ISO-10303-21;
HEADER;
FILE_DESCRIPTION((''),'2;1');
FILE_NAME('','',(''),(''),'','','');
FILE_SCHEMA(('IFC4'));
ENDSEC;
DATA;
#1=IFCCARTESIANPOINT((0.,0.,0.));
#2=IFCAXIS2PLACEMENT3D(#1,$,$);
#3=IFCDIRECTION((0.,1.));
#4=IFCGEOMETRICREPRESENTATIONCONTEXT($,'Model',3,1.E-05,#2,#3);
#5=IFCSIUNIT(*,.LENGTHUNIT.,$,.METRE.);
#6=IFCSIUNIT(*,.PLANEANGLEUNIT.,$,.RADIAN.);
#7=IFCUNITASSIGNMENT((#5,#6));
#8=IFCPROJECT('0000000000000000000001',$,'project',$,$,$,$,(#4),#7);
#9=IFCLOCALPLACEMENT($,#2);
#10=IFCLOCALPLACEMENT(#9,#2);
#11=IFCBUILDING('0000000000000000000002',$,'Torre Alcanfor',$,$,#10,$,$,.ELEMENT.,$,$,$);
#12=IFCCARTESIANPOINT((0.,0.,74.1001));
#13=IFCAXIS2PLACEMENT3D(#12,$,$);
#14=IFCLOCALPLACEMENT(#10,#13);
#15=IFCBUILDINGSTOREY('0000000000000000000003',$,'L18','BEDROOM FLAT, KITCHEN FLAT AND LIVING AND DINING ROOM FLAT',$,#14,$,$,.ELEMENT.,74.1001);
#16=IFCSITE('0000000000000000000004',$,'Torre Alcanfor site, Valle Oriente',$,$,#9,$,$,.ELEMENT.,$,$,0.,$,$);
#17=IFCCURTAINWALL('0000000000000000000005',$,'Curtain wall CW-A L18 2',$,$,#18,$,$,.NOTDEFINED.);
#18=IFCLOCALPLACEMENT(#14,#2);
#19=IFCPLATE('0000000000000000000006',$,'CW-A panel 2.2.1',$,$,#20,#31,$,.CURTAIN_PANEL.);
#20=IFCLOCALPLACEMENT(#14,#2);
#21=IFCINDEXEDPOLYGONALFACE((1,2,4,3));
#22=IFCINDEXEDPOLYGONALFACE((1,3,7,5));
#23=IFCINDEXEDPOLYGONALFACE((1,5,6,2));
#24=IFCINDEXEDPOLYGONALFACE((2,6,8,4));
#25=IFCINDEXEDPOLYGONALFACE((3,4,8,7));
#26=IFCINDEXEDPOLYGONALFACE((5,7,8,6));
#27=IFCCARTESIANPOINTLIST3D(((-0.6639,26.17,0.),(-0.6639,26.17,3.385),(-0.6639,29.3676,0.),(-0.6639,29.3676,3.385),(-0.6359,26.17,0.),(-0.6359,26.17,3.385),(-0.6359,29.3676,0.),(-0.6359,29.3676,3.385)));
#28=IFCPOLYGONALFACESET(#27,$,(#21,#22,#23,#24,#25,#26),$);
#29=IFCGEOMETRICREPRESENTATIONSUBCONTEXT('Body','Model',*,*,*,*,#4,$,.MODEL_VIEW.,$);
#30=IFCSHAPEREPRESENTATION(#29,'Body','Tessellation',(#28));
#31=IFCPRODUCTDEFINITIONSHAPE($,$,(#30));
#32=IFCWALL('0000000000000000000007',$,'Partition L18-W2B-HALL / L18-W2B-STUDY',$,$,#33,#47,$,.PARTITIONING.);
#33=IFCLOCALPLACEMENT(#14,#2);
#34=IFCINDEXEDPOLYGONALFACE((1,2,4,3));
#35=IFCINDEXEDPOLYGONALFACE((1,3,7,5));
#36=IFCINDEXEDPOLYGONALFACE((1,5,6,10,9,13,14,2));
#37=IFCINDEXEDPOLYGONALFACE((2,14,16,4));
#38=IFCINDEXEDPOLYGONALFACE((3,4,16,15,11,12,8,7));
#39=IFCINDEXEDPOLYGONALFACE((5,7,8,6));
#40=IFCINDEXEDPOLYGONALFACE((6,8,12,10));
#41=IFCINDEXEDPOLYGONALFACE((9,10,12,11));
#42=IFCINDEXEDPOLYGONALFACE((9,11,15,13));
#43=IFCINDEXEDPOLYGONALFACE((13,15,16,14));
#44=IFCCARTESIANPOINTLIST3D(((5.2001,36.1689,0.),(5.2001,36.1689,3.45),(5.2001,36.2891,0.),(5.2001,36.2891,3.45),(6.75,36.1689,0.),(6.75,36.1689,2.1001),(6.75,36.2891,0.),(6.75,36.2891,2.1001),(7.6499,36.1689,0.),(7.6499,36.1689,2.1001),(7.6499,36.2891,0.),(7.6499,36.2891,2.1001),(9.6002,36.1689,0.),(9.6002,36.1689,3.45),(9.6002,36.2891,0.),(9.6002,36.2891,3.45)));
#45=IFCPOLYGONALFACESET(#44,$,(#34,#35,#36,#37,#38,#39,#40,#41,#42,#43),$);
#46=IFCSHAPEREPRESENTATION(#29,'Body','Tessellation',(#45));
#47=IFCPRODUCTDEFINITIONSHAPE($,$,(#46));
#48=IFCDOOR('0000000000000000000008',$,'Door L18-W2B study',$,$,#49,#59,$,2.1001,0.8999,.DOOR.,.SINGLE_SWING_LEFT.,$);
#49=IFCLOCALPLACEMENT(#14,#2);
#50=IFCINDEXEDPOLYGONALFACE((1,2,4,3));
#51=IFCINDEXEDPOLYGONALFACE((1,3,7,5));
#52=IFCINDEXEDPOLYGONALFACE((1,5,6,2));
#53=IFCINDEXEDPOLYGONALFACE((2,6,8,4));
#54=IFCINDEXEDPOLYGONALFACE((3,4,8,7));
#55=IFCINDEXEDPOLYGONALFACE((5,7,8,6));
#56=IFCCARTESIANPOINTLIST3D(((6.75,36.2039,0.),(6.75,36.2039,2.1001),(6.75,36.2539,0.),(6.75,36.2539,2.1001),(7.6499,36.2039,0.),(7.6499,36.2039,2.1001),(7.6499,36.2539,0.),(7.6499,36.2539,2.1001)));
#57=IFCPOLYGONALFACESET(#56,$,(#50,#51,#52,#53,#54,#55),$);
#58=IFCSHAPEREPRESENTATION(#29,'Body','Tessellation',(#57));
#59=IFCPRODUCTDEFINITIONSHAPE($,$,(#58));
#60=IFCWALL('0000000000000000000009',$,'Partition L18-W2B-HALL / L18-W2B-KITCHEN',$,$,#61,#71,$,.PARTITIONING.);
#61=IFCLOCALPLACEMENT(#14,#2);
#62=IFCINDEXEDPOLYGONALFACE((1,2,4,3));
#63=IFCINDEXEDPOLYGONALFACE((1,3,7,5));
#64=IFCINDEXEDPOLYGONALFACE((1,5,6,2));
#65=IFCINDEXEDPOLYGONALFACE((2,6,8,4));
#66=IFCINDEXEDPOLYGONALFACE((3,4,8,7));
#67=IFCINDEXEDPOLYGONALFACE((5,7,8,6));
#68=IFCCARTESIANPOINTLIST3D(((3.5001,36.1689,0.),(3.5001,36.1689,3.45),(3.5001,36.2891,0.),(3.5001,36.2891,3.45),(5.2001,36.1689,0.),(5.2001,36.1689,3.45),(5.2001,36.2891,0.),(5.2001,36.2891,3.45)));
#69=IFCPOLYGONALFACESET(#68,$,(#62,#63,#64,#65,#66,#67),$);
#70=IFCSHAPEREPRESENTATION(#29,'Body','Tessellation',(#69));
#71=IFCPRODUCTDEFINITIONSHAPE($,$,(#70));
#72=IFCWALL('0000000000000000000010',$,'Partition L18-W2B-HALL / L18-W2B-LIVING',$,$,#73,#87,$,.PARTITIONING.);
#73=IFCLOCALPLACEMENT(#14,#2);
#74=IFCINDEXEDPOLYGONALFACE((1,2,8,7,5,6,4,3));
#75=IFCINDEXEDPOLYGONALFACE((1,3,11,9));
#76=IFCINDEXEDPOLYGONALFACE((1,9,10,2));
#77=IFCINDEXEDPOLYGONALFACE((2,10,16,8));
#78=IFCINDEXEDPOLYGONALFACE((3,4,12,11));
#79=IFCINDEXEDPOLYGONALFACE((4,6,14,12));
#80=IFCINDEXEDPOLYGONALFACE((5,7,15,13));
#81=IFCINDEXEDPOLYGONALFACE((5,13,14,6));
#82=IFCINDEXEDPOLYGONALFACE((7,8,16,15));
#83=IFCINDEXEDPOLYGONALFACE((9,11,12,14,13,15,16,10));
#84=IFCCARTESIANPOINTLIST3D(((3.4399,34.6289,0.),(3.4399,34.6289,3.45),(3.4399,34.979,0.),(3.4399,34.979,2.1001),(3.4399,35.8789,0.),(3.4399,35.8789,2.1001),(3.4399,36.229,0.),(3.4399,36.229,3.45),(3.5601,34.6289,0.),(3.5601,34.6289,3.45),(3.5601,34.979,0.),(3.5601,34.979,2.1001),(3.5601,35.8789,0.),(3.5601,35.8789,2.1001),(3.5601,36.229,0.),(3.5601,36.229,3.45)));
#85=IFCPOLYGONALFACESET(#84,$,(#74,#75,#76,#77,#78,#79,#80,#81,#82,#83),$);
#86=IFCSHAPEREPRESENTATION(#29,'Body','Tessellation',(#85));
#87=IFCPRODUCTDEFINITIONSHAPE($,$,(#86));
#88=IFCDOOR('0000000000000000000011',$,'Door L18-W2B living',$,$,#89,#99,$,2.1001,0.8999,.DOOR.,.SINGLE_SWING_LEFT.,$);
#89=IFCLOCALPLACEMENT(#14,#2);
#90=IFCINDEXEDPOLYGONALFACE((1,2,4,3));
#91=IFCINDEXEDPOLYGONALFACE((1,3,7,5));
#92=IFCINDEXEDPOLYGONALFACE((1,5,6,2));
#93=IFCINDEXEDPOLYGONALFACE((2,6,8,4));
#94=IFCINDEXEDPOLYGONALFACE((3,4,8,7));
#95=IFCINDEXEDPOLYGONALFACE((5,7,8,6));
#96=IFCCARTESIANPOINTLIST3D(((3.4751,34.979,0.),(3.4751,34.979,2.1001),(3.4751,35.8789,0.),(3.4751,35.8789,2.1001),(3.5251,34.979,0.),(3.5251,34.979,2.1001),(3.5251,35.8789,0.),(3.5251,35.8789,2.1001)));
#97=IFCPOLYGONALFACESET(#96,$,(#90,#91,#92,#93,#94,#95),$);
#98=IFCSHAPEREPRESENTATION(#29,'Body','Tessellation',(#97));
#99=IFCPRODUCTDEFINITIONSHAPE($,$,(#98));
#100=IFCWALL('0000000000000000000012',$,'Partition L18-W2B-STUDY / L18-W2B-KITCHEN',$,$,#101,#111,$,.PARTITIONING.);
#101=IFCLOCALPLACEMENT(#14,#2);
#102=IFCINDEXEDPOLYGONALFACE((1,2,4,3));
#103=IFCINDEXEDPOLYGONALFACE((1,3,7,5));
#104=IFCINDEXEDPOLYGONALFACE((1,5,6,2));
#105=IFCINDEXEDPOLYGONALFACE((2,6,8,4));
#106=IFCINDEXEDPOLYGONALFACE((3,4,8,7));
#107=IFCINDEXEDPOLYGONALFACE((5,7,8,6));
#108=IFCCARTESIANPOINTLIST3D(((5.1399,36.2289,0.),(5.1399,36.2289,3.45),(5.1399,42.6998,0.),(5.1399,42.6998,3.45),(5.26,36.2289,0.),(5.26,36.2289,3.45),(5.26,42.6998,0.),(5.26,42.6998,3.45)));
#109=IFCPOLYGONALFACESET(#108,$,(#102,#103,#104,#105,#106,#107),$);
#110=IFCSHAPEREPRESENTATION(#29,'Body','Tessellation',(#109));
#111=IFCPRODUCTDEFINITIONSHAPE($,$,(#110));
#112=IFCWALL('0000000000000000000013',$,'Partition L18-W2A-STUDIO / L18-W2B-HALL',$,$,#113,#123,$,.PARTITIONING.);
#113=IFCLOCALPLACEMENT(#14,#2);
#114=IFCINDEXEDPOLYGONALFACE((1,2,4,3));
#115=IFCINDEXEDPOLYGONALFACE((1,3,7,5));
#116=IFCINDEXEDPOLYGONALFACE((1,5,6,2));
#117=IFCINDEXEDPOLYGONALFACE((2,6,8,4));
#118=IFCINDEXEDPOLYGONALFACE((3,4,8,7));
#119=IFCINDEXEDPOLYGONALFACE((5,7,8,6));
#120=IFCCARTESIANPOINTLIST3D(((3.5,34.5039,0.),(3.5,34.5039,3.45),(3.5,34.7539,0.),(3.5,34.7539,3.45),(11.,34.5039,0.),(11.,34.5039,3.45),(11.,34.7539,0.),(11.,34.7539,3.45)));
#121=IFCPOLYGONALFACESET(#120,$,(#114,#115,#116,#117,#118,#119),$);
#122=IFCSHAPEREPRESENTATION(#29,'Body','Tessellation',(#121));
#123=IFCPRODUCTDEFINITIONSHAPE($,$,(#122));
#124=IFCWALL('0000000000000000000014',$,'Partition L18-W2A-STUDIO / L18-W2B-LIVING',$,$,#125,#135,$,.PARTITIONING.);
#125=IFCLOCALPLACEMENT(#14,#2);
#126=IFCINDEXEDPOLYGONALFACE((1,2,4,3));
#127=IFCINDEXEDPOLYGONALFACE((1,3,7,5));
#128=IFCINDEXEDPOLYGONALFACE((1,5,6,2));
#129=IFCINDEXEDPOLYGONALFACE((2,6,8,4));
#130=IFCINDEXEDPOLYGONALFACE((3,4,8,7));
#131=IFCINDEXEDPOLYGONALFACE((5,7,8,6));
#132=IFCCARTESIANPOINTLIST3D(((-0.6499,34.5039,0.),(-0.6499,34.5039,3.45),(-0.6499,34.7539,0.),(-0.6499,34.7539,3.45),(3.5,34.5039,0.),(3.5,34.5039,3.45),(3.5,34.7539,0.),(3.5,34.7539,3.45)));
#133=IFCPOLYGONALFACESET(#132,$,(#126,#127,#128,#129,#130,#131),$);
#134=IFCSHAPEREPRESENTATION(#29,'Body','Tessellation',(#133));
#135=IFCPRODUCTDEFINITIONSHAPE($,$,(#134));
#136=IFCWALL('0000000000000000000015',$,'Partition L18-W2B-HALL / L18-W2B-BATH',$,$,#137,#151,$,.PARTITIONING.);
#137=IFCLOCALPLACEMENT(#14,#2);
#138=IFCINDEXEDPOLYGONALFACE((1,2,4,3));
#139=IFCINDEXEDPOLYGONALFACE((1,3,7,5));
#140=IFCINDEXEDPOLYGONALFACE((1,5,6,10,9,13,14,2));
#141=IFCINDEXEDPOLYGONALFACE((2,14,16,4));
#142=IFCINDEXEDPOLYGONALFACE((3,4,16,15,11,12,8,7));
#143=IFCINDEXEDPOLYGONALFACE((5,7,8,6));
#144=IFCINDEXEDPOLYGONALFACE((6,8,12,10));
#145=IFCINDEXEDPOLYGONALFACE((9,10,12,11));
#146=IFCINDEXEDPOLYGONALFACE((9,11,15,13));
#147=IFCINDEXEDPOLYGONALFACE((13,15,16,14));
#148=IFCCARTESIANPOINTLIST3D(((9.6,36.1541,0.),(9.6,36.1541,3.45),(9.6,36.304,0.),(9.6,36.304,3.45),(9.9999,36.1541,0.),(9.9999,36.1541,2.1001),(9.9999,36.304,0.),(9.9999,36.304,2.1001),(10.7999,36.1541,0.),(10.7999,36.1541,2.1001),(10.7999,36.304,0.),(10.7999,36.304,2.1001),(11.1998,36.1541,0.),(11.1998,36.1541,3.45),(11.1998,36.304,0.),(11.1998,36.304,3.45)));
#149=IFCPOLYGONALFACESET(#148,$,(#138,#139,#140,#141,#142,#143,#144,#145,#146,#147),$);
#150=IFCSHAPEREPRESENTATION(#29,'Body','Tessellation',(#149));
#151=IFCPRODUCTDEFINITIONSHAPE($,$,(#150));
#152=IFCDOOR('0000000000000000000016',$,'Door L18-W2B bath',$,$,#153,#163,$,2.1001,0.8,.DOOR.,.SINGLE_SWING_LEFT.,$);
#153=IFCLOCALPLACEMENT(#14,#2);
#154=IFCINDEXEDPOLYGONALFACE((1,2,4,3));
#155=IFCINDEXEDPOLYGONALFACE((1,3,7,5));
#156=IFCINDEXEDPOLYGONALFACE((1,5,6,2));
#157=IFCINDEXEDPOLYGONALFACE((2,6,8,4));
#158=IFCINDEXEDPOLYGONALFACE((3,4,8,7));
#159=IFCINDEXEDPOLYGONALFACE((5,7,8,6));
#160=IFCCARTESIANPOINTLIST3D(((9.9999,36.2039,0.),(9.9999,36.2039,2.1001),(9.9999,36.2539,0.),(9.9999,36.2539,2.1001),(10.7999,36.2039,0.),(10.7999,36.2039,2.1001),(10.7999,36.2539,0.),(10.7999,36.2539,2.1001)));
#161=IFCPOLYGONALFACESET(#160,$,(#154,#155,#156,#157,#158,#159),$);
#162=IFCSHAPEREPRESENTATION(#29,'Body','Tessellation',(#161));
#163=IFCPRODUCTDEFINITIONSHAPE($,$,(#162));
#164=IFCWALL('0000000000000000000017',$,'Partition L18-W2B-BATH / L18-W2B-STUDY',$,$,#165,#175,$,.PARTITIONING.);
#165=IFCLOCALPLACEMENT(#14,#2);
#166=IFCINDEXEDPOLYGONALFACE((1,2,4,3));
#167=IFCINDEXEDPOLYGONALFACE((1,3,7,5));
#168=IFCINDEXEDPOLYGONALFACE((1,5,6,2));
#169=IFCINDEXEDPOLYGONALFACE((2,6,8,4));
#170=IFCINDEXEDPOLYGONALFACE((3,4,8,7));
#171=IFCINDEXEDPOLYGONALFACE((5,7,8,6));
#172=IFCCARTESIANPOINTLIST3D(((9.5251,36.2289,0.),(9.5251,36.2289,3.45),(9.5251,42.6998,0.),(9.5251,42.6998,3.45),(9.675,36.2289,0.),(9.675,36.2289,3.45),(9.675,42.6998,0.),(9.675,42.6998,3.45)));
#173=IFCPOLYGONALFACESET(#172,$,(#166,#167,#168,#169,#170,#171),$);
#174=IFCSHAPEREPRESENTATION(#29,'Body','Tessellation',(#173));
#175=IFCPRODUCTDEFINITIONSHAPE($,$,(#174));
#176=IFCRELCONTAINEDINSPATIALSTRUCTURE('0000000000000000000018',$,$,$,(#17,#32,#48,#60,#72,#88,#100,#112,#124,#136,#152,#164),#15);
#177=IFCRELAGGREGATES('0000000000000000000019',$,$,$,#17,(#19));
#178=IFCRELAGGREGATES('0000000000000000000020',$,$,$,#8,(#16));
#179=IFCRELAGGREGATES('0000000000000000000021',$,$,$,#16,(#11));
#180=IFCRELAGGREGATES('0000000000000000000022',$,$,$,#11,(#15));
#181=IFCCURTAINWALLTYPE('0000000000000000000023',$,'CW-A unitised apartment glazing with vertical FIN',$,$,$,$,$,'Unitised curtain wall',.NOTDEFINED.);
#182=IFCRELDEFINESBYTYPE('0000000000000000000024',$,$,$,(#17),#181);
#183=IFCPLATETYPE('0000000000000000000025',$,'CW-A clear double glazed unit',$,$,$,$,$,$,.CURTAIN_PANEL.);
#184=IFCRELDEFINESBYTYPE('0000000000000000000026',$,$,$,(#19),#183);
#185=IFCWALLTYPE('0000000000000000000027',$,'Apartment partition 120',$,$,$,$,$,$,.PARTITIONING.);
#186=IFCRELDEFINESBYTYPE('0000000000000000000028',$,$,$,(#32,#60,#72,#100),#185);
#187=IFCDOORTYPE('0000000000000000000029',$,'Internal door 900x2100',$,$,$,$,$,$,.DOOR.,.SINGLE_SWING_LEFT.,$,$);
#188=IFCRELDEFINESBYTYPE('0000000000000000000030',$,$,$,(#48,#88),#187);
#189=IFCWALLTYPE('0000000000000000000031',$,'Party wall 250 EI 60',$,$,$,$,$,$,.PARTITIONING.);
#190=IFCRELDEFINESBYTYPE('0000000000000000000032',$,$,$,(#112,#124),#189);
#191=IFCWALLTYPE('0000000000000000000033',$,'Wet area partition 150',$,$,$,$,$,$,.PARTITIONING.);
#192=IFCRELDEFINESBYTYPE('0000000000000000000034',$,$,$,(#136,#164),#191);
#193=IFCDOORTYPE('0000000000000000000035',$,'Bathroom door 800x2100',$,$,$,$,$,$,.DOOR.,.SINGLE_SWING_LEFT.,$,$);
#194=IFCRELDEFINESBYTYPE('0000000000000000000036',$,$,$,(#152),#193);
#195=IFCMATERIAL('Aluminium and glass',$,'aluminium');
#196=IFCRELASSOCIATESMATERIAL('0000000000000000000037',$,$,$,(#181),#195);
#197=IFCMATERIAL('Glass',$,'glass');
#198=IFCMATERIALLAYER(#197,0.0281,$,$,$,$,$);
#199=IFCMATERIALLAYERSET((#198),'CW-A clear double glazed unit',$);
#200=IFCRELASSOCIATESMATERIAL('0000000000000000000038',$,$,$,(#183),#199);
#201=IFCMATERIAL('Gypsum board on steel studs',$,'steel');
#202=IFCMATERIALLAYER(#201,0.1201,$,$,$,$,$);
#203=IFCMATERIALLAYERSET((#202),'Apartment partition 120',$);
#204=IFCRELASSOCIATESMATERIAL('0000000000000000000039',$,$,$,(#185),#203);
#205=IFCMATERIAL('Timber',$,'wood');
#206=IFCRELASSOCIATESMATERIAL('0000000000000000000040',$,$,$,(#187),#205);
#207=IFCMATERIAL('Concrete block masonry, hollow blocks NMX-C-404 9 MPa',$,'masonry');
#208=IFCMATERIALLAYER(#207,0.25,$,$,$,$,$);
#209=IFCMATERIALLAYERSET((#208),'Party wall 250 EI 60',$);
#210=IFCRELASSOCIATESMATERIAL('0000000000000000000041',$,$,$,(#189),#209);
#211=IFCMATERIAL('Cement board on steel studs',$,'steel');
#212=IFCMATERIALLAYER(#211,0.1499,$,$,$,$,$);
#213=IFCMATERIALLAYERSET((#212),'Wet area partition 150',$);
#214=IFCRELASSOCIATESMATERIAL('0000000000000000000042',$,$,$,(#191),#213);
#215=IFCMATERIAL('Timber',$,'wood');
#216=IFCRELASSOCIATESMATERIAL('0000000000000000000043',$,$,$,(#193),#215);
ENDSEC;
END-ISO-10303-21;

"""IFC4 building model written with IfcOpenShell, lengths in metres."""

from ifc_helpers import new_model, si_unit, direction, frame, frame_2d, origin, origin_2d, place, context, subcontext, project, spatial, rectangle, extrude, material, layer, layer_set, type_object, element, fill, aggregate, save


model = new_model("IFC4")

# Units and contexts
model_context = context("Model", 3, precision=1e-05, world=origin(), true_north=direction((0.0, 1.0)))
body_context = subcontext(model_context, "Body", "Model", "MODEL_VIEW")
ifc_project = project(units=[si_unit("LENGTHUNIT", "METRE"), si_unit("PLANEANGLEUNIT", "RADIAN")], contexts=[model_context])

# Site, building, storey
site_placement = place(None, origin())
site = spatial("IfcSite", under=ifc_project, at=site_placement, Name="Torre Alcanfor site, Valle Oriente", CompositionType="ELEMENT", RefElevation=0.0)
building_placement = place(site_placement, origin())
building = spatial("IfcBuilding", under=site, at=building_placement, Name="Torre Alcanfor", CompositionType="ELEMENT")
storey_placement = place(building_placement, frame((0.0, 0.0, 74.1001)))
storey = spatial("IfcBuildingStorey", under=building, at=storey_placement, Name="L18", Description="BEDROOM FLAT, KITCHEN FLAT AND LIVING AND DINING ROOM FLAT", CompositionType="ELEMENT", Elevation=74.1001)

# Curtain wall
ifc_material_1 = material(Name="Aluminium and glass", Category="aluminium")
curtain_wall_type = type_object("IfcCurtainWallType", Name="CW-A unitised apartment glazing with vertical FIN", ElementType="Unitised curtain wall", PredefinedType="NOTDEFINED", material=ifc_material_1)
curtain_wall_placement = place(storey_placement, origin())
curtain_wall = element("IfcCurtainWall", 1, at=curtain_wall_placement, inside=storey, type_object=curtain_wall_type, Name="Curtain wall CW-A L18 2", PredefinedType="NOTDEFINED")

# Plate
ifc_material_2 = material(Name="Glass", Category="glass")
ifc_layer_1 = layer(ifc_material_2, 0.0281)
ifc_layer_set_1 = layer_set([ifc_layer_1], Name="CW-A clear double glazed unit")
plate_type = type_object("IfcPlateType", Name="CW-A clear double glazed unit", PredefinedType="CURTAIN_PANEL", material=ifc_layer_set_1)
plate_1_placement = place(storey_placement, frame((-0.6499, 27.7688, 0.0), z_axis=(0.0, 0.0, 1.0), x_axis=(0.0, -1.0, 0.0)))
plate_1 = element("IfcPlate", 2, at=plate_1_placement, type_object=plate_type, Name="CW-A panel 2.2.1", PredefinedType="CURTAIN_PANEL", context=body_context, shape_type="SweptSolid", body=[
    extrude(rectangle(XDim=3.1975, YDim=0.0281, at=origin_2d()), origin(), (0.0, 0.0, 1.0), 3.385),
])
aggregate(curtain_wall, [plate_1])

# Wall, opening, door
ifc_material_3 = material(Name="Gypsum board on steel studs", Category="steel")
ifc_layer_2 = layer(ifc_material_3, 0.1201)
ifc_layer_set_2 = layer_set([ifc_layer_2], Name="Apartment partition 120")
wall_type_1 = type_object("IfcWallType", Name="Apartment partition 120", PredefinedType="PARTITIONING", material=ifc_layer_set_2)
wall_1_placement = place(storey_placement, frame((5.2, 36.229, 0.0), z_axis=(0.0, 0.0, 1.0), x_axis=(1.0, 0.0, 0.0)))
wall_1 = element("IfcWall", 3, at=wall_1_placement, inside=storey, type_object=wall_type_1, Name="Partition L18-W2B-HALL / L18-W2B-STUDY", PredefinedType="PARTITIONING", context=body_context, shape_type="SweptSolid", body=[
    extrude(rectangle(XDim=4.4001, YDim=0.1201, at=frame_2d((2.2002, 0.0))), origin(), (0.0, 0.0, 1.0), 3.45),
])
opening_1_placement = place(wall_1_placement, frame((1.55, 0.0, 0.0)))
opening_1 = element("IfcOpeningElement", 4, at=opening_1_placement, cuts=wall_1, PredefinedType="OPENING", context=body_context, shape_type="SweptSolid", body=[
    extrude(rectangle(XDim=0.8999, YDim=2.1001, at=frame_2d((0.45, 1.05))), frame((0.0, 0.0701, 0.0), z_axis=(0.0, -1.0, 0.0), x_axis=(1.0, 0.0, 0.0)), (0.0, 0.0, 1.0), 0.1401),
])
ifc_material_4 = material(Name="Timber", Category="wood")
door_type_1 = type_object("IfcDoorType", Name="Internal door 900x2100", OperationType="SINGLE_SWING_LEFT", PredefinedType="DOOR", material=ifc_material_4)
door_1_placement = place(opening_1_placement, origin())
door_1 = element("IfcDoor", 5, at=door_1_placement, inside=storey, type_object=door_type_1, Name="Door L18-W2B study", OperationType="SINGLE_SWING_LEFT", OverallHeight=2.1001, OverallWidth=0.8999, PredefinedType="DOOR", context=body_context, shape_type="SweptSolid", body=[
    extrude(rectangle(XDim=0.8999, YDim=2.1001, at=frame_2d((0.45, 1.05))), frame((0.0, 0.0249, 0.0), z_axis=(0.0, -1.0, 0.0), x_axis=(1.0, 0.0, 0.0)), (0.0, 0.0, 1.0), 0.05),
])
fill(opening_1, door_1)

# Wall
wall_2_placement = place(storey_placement, frame((3.5, 36.229, 0.0), z_axis=(0.0, 0.0, 1.0), x_axis=(1.0, 0.0, 0.0)))
element("IfcWall", 6, at=wall_2_placement, inside=storey, type_object=wall_type_1, Name="Partition L18-W2B-HALL / L18-W2B-KITCHEN", PredefinedType="PARTITIONING", context=body_context, shape_type="SweptSolid", body=[
    extrude(rectangle(XDim=1.7, YDim=0.1201, at=frame_2d((0.8501, 0.0))), origin(), (0.0, 0.0, 1.0), 3.45),
])

# Wall, opening, door
wall_3_placement = place(storey_placement, frame((3.5, 34.6289, 0.0), z_axis=(0.0, 0.0, 1.0), x_axis=(0.0, 1.0, 0.0)))
wall_3 = element("IfcWall", 7, at=wall_3_placement, inside=storey, type_object=wall_type_1, Name="Partition L18-W2B-HALL / L18-W2B-LIVING", PredefinedType="PARTITIONING", context=body_context, shape_type="SweptSolid", body=[
    extrude(rectangle(XDim=1.6001, YDim=0.1201, at=frame_2d((0.8, 0.0))), origin(), (0.0, 0.0, 1.0), 3.45),
])
opening_2_placement = place(wall_3_placement, frame((0.3501, 0.0, 0.0)))
opening_2 = element("IfcOpeningElement", 8, at=opening_2_placement, cuts=wall_3, PredefinedType="OPENING", context=body_context, shape_type="SweptSolid", body=[
    extrude(rectangle(XDim=0.8999, YDim=2.1001, at=frame_2d((0.45, 1.05))), frame((0.0, 0.0701, 0.0), z_axis=(0.0, -1.0, 0.0), x_axis=(1.0, 0.0, 0.0)), (0.0, 0.0, 1.0), 0.1401),
])
door_2_placement = place(opening_2_placement, origin())
door_2 = element("IfcDoor", 9, at=door_2_placement, inside=storey, type_object=door_type_1, Name="Door L18-W2B living", OperationType="SINGLE_SWING_LEFT", OverallHeight=2.1001, OverallWidth=0.8999, PredefinedType="DOOR", context=body_context, shape_type="SweptSolid", body=[
    extrude(rectangle(XDim=0.8999, YDim=2.1001, at=frame_2d((0.45, 1.05))), frame((0.0, 0.0249, 0.0), z_axis=(0.0, -1.0, 0.0), x_axis=(1.0, 0.0, 0.0)), (0.0, 0.0, 1.0), 0.05),
])
fill(opening_2, door_2)

# Walls
wall_4_placement = place(storey_placement, frame((5.2, 36.229, 0.0), z_axis=(0.0, 0.0, 1.0), x_axis=(0.0, 1.0, 0.0)))
element("IfcWall", 10, at=wall_4_placement, inside=storey, type_object=wall_type_1, Name="Partition L18-W2B-STUDY / L18-W2B-KITCHEN", PredefinedType="PARTITIONING", context=body_context, shape_type="SweptSolid", body=[
    extrude(rectangle(XDim=6.4709, YDim=0.1201, at=frame_2d((3.2354, 0.0))), origin(), (0.0, 0.0, 1.0), 3.45),
])
ifc_material_5 = material(Name="Concrete block masonry, hollow blocks NMX-C-404 9 MPa", Category="masonry")
ifc_layer_3 = layer(ifc_material_5, 0.25)
ifc_layer_set_3 = layer_set([ifc_layer_3], Name="Party wall 250 EI 60")
wall_type_2 = type_object("IfcWallType", Name="Party wall 250 EI 60", PredefinedType="PARTITIONING", material=ifc_layer_set_3)
wall_5_placement = place(storey_placement, frame((3.5, 34.6289, 0.0), z_axis=(0.0, 0.0, 1.0), x_axis=(1.0, 0.0, 0.0)))
element("IfcWall", 11, at=wall_5_placement, inside=storey, type_object=wall_type_2, Name="Partition L18-W2A-STUDIO / L18-W2B-HALL", PredefinedType="PARTITIONING", context=body_context, shape_type="SweptSolid", body=[
    extrude(rectangle(XDim=7.5, YDim=0.25, at=frame_2d((3.75, 0.0))), origin(), (0.0, 0.0, 1.0), 3.45),
])
wall_6_placement = place(storey_placement, frame((-0.6499, 34.6289, 0.0), z_axis=(0.0, 0.0, 1.0), x_axis=(1.0, 0.0, 0.0)))
element("IfcWall", 12, at=wall_6_placement, inside=storey, type_object=wall_type_2, Name="Partition L18-W2A-STUDIO / L18-W2B-LIVING", PredefinedType="PARTITIONING", context=body_context, shape_type="SweptSolid", body=[
    extrude(rectangle(XDim=4.1499, YDim=0.25, at=frame_2d((2.075, 0.0))), origin(), (0.0, 0.0, 1.0), 3.45),
])

# Wall, opening, door
ifc_material_6 = material(Name="Cement board on steel studs", Category="steel")
ifc_layer_4 = layer(ifc_material_6, 0.1499)
ifc_layer_set_4 = layer_set([ifc_layer_4], Name="Wet area partition 150")
wall_type_3 = type_object("IfcWallType", Name="Wet area partition 150", PredefinedType="PARTITIONING", material=ifc_layer_set_4)
wall_7_placement = place(storey_placement, frame((9.6001, 36.229, 0.0), z_axis=(0.0, 0.0, 1.0), x_axis=(1.0, 0.0, 0.0)))
wall_7 = element("IfcWall", 13, at=wall_7_placement, inside=storey, type_object=wall_type_3, Name="Partition L18-W2B-HALL / L18-W2B-BATH", PredefinedType="PARTITIONING", context=body_context, shape_type="SweptSolid", body=[
    extrude(rectangle(XDim=1.5999, YDim=0.1499, at=frame_2d((0.7998, 0.0))), origin(), (0.0, 0.0, 1.0), 3.45),
])
opening_3_placement = place(wall_7_placement, frame((0.3999, 0.0, 0.0)))
opening_3 = element("IfcOpeningElement", 14, at=opening_3_placement, cuts=wall_7, PredefinedType="OPENING", context=body_context, shape_type="SweptSolid", body=[
    extrude(rectangle(XDim=0.8, YDim=2.1001, at=frame_2d((0.3999, 1.05))), frame((0.0, 0.085, 0.0), z_axis=(0.0, -1.0, 0.0), x_axis=(1.0, 0.0, 0.0)), (0.0, 0.0, 1.0), 0.1699),
])
ifc_material_7 = material(Name="Timber", Category="wood")
door_type_2 = type_object("IfcDoorType", Name="Bathroom door 800x2100", OperationType="SINGLE_SWING_LEFT", PredefinedType="DOOR", material=ifc_material_7)
door_3_placement = place(opening_3_placement, origin())
door_3 = element("IfcDoor", 15, at=door_3_placement, inside=storey, type_object=door_type_2, Name="Door L18-W2B bath", OperationType="SINGLE_SWING_LEFT", OverallHeight=2.1001, OverallWidth=0.8, PredefinedType="DOOR", context=body_context, shape_type="SweptSolid", body=[
    extrude(rectangle(XDim=0.8, YDim=2.1001, at=frame_2d((0.3999, 1.05))), frame((0.0, 0.0249, 0.0), z_axis=(0.0, -1.0, 0.0), x_axis=(1.0, 0.0, 0.0)), (0.0, 0.0, 1.0), 0.05),
])
fill(opening_3, door_3)

# Wall
wall_8_placement = place(storey_placement, frame((9.6001, 36.229, 0.0), z_axis=(0.0, 0.0, 1.0), x_axis=(0.0, 1.0, 0.0)))
element("IfcWall", 16, at=wall_8_placement, inside=storey, type_object=wall_type_3, Name="Partition L18-W2B-BATH / L18-W2B-STUDY", PredefinedType="PARTITIONING", context=body_context, shape_type="SweptSolid", body=[
    extrude(rectangle(XDim=6.4709, YDim=0.1499, at=frame_2d((3.2354, 0.0))), origin(), (0.0, 0.0, 1.0), 3.45),
])

save(model, "model.ifc")
